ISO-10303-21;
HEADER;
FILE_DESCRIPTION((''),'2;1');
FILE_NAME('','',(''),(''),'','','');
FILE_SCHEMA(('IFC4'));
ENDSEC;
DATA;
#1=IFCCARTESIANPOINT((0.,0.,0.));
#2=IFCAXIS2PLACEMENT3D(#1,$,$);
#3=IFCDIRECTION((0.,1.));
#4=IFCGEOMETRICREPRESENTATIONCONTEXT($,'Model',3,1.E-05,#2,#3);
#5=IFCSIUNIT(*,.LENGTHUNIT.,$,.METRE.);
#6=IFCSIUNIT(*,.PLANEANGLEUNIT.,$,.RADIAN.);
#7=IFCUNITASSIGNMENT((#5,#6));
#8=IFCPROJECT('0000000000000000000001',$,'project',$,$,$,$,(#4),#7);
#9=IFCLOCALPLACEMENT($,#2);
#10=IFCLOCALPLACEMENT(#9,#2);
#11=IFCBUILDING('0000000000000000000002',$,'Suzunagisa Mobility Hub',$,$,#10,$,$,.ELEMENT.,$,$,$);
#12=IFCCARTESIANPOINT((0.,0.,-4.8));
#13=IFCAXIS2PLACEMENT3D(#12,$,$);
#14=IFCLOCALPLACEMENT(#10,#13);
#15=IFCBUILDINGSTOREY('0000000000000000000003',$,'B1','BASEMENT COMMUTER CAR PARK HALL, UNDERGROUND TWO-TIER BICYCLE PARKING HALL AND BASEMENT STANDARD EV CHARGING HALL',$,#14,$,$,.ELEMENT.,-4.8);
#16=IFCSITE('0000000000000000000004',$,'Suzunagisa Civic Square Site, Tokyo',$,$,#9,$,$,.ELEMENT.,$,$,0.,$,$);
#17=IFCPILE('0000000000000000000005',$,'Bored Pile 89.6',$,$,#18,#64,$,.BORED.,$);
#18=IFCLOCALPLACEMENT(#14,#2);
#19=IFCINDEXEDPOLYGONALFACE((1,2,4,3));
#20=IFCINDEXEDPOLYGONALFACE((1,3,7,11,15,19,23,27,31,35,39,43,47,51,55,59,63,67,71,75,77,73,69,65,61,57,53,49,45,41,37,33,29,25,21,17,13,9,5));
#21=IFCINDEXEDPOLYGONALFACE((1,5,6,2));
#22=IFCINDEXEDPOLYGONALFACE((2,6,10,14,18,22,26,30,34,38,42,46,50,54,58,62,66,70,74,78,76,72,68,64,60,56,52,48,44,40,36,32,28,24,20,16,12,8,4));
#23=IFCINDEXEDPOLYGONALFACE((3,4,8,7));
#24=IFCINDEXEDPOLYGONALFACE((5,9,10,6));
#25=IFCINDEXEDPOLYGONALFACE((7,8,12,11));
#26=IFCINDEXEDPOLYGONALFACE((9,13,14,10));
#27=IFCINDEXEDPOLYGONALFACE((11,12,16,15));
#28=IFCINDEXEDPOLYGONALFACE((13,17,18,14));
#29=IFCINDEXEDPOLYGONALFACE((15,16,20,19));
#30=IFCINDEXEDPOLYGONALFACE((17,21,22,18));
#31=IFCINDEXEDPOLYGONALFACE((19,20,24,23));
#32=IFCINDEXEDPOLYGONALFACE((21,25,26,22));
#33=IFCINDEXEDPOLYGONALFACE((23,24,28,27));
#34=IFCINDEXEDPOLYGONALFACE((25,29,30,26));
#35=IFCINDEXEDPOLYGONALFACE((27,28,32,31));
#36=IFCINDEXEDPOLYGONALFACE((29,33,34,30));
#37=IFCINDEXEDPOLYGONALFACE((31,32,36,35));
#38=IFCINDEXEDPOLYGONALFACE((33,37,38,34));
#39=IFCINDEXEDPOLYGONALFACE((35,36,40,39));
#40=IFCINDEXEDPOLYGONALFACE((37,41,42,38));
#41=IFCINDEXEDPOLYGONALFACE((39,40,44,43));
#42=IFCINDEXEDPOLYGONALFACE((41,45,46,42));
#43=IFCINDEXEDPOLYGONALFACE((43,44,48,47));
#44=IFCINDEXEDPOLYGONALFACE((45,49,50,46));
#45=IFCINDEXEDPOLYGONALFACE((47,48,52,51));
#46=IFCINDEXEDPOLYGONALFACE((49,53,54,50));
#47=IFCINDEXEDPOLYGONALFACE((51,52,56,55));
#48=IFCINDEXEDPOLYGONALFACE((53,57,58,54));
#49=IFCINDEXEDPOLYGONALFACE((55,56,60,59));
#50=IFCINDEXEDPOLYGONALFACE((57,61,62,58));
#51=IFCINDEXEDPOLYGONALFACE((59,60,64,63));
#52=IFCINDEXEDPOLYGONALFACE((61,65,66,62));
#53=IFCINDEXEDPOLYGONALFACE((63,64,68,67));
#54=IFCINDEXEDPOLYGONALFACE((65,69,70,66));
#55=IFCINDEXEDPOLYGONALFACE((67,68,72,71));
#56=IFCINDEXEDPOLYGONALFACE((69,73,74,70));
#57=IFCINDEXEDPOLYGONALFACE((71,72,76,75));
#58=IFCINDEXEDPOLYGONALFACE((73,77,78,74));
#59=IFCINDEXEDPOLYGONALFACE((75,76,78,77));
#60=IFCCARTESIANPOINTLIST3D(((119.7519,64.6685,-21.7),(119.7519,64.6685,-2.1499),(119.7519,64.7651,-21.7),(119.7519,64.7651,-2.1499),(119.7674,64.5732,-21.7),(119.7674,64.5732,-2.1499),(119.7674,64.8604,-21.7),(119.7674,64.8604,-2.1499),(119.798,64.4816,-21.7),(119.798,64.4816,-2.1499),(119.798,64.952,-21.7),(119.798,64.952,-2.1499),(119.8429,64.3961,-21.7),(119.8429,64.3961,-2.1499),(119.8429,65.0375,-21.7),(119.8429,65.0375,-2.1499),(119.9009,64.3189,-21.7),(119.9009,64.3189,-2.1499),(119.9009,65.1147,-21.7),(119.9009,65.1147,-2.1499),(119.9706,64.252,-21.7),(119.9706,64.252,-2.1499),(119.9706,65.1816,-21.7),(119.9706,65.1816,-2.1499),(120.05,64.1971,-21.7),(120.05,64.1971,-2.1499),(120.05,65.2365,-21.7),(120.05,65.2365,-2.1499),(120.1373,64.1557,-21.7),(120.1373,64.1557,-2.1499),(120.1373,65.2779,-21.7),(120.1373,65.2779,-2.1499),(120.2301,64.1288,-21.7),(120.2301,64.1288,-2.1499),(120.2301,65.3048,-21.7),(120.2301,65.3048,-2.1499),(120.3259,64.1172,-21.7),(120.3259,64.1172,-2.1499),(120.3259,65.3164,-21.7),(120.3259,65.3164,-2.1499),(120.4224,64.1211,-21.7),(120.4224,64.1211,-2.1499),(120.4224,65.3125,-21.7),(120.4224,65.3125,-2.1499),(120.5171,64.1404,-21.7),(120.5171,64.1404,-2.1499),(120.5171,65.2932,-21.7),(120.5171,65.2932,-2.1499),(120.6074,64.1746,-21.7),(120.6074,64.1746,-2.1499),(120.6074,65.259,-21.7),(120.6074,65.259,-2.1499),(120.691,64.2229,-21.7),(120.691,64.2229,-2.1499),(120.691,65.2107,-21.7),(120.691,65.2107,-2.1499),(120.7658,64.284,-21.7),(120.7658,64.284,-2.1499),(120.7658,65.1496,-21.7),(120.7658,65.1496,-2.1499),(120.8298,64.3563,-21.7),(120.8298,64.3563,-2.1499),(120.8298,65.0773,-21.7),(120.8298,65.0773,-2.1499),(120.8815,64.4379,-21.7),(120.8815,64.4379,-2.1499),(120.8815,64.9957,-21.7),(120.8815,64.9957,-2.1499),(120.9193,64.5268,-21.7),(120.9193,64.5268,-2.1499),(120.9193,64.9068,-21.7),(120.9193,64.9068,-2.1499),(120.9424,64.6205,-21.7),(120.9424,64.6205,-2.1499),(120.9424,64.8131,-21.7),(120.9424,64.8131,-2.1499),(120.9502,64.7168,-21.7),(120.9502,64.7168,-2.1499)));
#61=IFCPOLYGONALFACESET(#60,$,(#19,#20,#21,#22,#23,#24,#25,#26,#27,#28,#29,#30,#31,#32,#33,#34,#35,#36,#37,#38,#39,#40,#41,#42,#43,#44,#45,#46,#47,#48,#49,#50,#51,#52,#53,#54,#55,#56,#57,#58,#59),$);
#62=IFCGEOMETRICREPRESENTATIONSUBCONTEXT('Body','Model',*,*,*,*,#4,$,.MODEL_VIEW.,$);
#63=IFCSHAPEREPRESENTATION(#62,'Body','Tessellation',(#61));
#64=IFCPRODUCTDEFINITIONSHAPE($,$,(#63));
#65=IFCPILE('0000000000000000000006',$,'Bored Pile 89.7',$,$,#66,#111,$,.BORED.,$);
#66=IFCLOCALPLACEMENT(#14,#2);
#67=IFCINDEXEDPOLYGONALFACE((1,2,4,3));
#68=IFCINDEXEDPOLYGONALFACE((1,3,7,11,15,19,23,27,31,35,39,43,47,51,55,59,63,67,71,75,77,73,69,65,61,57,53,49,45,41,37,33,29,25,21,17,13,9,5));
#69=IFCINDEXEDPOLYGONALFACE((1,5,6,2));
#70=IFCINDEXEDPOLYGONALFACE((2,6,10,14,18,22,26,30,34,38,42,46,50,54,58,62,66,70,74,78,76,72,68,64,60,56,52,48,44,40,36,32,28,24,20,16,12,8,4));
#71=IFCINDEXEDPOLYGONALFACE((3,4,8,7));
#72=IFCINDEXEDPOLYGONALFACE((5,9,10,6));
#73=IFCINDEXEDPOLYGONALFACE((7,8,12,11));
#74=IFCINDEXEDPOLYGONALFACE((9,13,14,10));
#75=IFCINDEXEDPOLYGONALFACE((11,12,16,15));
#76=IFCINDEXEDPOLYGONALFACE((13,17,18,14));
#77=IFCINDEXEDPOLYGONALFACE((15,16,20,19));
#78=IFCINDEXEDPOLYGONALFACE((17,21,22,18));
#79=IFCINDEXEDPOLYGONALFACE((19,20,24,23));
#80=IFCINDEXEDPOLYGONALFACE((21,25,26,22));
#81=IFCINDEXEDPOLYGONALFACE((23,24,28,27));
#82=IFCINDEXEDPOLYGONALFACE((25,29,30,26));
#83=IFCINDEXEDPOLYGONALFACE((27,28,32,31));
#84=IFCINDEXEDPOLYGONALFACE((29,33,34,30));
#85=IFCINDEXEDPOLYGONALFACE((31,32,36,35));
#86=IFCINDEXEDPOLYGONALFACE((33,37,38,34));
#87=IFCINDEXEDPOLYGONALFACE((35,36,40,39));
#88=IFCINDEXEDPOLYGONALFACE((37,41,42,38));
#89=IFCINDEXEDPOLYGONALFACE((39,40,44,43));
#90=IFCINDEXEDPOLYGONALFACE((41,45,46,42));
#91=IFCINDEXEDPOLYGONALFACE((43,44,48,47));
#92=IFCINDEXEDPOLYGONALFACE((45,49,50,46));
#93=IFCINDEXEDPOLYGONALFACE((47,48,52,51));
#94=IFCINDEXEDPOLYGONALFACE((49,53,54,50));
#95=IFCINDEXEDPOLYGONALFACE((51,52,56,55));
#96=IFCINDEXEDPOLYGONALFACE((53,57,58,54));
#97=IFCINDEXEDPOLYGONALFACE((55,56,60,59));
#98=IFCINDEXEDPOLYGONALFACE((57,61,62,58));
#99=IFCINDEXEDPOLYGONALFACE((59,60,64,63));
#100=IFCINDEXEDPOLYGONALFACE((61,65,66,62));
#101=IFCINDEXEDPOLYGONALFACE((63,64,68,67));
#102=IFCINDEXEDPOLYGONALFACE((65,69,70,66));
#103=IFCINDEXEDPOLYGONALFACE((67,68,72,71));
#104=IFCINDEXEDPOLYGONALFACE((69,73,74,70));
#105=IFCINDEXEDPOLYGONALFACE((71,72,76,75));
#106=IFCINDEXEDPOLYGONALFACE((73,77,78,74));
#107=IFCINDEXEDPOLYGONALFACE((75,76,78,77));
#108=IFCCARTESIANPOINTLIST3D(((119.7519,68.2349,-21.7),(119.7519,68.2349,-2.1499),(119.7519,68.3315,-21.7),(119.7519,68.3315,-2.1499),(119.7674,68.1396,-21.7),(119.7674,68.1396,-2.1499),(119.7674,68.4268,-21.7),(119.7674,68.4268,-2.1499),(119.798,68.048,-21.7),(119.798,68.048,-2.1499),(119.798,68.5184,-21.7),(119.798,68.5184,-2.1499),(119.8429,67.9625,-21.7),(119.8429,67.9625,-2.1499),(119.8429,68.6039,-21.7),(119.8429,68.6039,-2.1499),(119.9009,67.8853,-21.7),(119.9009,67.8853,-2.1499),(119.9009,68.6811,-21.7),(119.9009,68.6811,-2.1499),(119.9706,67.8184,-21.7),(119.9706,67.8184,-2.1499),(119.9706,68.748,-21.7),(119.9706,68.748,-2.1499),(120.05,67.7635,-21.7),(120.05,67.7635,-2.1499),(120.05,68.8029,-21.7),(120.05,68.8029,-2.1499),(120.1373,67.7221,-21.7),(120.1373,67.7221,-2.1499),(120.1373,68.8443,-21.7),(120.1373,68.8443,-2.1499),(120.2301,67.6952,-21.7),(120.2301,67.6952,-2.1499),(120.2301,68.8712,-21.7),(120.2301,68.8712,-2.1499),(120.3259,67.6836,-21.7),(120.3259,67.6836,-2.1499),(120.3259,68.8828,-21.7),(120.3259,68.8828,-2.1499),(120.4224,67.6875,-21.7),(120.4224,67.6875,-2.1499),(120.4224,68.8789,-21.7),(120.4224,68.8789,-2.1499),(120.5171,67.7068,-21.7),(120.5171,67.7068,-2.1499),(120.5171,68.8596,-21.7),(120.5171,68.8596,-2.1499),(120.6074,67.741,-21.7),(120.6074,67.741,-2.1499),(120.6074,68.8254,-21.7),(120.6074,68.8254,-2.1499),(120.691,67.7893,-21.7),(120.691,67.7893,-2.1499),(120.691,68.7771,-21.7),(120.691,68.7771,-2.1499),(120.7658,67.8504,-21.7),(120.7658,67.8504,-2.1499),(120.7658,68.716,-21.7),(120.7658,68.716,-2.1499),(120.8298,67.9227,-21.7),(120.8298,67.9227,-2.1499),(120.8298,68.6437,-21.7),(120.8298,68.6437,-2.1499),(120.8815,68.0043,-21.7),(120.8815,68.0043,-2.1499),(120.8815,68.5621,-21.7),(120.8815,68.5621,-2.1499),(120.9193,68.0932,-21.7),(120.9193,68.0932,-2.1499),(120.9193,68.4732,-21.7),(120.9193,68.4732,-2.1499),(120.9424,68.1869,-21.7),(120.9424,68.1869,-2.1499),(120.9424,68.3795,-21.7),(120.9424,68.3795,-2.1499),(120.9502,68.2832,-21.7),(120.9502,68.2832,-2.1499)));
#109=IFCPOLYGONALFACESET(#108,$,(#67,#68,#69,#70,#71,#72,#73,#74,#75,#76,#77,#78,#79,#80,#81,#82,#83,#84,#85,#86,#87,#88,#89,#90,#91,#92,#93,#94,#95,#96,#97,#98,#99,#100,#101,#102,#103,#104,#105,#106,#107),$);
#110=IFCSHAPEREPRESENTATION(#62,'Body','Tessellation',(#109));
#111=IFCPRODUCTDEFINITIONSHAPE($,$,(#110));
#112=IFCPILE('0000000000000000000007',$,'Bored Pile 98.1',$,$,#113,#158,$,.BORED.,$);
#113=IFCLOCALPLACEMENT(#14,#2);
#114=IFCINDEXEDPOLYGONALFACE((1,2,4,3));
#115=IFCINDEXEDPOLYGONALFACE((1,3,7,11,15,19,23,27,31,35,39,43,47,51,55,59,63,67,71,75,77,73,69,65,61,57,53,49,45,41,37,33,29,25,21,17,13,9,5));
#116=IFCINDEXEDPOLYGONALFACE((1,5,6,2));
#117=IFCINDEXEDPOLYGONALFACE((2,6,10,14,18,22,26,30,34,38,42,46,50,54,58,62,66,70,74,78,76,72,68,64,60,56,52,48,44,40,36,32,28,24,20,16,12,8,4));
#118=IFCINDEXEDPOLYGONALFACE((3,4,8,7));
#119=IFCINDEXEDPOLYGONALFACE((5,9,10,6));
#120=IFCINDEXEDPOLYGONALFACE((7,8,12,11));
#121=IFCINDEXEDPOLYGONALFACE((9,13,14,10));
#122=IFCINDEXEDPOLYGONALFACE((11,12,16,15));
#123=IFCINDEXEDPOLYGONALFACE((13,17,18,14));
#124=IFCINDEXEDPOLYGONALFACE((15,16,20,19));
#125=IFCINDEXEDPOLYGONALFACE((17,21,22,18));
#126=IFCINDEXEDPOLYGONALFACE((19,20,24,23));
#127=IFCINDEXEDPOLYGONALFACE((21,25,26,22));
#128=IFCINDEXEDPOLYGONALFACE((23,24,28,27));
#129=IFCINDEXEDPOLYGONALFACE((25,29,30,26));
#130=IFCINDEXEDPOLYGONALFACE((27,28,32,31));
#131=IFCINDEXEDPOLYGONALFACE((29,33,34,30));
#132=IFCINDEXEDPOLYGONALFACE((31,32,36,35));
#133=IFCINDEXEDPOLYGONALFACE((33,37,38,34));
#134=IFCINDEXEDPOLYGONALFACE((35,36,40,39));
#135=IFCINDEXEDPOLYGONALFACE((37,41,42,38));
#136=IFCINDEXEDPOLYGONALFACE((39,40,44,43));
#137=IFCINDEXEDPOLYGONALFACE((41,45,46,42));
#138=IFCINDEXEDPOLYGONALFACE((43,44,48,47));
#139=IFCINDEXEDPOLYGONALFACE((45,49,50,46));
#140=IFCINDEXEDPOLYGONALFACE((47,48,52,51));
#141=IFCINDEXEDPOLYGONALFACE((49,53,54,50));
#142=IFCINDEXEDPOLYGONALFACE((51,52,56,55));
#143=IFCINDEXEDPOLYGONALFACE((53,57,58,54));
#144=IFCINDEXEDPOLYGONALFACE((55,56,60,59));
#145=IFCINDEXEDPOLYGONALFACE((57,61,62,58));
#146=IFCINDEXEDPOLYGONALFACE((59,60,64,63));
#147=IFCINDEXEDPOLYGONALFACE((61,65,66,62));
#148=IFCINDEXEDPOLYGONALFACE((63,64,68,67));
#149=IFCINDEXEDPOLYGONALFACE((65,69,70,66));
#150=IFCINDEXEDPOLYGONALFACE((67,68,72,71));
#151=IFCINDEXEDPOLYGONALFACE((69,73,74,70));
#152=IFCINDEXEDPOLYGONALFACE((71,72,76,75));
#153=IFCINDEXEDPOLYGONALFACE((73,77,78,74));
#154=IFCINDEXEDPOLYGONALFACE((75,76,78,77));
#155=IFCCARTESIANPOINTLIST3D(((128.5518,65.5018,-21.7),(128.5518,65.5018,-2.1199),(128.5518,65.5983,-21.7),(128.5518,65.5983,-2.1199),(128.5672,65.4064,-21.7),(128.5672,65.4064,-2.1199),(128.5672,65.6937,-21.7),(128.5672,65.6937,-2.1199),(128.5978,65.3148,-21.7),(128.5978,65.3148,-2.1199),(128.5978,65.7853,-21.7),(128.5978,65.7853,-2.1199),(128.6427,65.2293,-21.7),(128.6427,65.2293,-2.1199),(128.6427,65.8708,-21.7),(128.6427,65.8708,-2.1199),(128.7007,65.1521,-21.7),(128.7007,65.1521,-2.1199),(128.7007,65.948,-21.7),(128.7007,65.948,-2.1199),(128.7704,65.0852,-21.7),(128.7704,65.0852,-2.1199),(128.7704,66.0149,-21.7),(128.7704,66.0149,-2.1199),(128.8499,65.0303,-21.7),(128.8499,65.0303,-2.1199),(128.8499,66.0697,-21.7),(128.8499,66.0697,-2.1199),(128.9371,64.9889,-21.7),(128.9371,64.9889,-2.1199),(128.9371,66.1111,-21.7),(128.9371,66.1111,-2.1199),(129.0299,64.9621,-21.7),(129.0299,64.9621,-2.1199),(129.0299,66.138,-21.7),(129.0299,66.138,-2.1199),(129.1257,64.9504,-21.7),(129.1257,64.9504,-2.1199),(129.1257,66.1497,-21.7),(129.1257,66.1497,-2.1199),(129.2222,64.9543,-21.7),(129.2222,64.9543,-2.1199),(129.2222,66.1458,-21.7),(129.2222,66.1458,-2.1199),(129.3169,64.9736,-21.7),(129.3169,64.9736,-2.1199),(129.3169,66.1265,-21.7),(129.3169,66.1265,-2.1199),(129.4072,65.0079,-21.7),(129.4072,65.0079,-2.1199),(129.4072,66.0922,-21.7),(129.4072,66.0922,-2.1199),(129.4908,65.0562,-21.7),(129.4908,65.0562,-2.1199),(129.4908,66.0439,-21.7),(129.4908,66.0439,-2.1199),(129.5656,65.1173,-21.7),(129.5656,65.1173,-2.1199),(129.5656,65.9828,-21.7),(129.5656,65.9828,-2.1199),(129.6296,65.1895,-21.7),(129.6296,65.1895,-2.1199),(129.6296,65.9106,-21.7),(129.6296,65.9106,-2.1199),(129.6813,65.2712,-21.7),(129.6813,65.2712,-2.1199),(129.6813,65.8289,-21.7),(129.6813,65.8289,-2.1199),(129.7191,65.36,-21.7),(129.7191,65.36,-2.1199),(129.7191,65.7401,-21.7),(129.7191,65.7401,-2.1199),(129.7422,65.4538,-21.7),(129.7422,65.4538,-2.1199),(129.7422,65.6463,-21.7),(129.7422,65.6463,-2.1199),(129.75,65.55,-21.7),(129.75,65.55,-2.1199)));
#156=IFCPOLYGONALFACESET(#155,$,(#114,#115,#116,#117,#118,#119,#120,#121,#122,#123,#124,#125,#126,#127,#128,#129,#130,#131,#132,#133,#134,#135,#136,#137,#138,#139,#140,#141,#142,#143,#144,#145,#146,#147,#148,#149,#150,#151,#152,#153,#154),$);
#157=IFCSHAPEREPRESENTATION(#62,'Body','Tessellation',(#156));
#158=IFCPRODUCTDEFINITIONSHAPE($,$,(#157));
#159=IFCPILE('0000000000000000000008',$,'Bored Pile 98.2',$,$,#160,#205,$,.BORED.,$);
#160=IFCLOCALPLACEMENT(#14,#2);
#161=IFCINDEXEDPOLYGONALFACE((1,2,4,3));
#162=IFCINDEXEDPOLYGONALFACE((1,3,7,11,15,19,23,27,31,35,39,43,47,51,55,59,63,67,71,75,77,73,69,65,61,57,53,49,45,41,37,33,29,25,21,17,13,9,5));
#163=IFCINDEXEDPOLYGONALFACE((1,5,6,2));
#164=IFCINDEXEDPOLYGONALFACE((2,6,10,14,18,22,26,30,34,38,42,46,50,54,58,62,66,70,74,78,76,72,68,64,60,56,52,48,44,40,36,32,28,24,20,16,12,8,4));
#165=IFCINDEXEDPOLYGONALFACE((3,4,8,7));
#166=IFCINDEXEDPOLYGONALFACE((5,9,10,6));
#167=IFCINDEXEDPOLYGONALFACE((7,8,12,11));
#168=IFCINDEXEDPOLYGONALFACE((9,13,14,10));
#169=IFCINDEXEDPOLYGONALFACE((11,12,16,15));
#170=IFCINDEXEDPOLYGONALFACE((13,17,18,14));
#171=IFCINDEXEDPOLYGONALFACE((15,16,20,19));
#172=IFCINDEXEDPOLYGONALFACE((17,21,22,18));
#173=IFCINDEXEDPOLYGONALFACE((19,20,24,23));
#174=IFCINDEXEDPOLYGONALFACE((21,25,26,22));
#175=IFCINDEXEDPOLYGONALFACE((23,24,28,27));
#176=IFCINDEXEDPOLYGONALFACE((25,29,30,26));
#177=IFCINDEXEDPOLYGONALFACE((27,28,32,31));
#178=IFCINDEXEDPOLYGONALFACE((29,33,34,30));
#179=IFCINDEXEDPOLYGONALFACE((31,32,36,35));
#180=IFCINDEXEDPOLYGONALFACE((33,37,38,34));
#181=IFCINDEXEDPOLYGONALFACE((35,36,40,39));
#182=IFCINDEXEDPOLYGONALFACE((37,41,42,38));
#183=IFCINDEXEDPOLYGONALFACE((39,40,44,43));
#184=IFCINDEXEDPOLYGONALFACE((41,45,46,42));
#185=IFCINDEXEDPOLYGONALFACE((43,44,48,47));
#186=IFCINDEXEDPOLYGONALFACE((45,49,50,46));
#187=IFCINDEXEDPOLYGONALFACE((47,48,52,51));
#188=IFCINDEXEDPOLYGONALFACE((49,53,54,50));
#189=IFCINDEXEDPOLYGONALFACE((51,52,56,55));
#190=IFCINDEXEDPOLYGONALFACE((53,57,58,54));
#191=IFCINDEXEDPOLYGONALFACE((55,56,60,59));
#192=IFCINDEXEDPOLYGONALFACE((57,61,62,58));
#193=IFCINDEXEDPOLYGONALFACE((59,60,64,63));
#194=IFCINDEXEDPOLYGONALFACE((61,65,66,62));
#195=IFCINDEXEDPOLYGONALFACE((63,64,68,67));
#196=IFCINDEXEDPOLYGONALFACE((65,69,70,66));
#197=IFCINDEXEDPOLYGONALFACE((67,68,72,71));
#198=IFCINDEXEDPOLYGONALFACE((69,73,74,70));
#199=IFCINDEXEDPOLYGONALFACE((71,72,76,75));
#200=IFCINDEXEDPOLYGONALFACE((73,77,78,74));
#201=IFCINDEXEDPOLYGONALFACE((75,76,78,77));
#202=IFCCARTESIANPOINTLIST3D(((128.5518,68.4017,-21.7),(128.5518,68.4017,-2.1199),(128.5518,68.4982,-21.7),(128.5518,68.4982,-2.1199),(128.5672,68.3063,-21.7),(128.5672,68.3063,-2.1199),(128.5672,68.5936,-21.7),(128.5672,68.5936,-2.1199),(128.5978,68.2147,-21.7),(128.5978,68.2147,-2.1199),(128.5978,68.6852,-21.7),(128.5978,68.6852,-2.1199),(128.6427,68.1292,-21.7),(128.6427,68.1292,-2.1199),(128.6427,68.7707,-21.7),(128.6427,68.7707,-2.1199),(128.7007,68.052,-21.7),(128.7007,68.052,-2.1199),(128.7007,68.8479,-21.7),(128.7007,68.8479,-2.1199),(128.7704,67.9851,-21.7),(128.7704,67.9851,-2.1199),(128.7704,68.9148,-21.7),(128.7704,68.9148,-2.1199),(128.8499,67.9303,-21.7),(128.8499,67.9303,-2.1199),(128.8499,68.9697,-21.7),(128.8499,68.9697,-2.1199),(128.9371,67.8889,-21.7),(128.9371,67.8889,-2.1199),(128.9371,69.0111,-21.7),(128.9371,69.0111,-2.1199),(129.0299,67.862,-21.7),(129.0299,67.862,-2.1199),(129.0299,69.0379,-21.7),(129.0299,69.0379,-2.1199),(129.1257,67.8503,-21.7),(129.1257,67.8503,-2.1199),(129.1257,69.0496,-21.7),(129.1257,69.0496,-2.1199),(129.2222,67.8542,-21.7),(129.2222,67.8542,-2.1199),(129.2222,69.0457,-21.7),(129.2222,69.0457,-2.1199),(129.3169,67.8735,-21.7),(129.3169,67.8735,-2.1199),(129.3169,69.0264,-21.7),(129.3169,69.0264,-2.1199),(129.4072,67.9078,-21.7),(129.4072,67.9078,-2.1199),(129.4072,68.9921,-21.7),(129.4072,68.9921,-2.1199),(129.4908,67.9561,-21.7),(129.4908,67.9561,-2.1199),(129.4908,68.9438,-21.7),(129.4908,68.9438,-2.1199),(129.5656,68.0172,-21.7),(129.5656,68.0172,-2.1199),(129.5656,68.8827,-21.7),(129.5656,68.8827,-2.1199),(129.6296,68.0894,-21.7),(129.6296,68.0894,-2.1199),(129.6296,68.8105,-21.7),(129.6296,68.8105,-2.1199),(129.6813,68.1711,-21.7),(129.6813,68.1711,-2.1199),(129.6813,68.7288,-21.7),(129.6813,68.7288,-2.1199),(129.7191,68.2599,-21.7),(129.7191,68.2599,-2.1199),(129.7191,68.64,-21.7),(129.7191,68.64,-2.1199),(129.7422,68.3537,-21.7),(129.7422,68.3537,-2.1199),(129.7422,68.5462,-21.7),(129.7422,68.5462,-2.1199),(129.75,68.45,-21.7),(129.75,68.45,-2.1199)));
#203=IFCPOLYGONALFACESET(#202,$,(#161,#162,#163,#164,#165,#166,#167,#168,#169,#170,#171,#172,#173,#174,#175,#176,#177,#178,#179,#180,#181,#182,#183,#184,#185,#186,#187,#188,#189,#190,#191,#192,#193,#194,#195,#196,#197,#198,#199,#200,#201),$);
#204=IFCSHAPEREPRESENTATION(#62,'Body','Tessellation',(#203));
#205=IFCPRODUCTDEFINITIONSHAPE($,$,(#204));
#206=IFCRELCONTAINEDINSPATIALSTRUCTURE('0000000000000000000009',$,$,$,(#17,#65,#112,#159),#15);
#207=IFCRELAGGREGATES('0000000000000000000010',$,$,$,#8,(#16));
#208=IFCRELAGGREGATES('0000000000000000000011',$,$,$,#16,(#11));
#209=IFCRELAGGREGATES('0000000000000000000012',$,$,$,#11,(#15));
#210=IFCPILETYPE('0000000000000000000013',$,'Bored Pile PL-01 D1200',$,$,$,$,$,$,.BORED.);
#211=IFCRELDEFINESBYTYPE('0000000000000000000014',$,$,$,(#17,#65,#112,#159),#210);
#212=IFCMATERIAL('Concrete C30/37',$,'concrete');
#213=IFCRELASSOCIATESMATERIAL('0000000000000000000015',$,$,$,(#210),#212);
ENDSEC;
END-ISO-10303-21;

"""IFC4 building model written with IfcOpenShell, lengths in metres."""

from ifc_helpers import new_model, si_unit, direction, frame, origin, origin_2d, place, context, subcontext, project, spatial, circle, extrude, material, material_profile, profile_set, type_object, element, save


model = new_model("IFC4")

# Units and contexts
model_context = context("Model", 3, precision=1e-05, world=origin(), true_north=direction((0.0, 1.0)))
body_context = subcontext(model_context, "Body", "Model", "MODEL_VIEW")
ifc_project = project(units=[si_unit("LENGTHUNIT", "METRE"), si_unit("PLANEANGLEUNIT", "RADIAN")], contexts=[model_context])

# Site, building, storey
site_placement = place(None, origin())
site = spatial("IfcSite", under=ifc_project, at=site_placement, Name="Suzunagisa Civic Square Site, Tokyo", CompositionType="ELEMENT", RefElevation=0.0)
building_placement = place(site_placement, origin())
building = spatial("IfcBuilding", under=site, at=building_placement, Name="Suzunagisa Mobility Hub", CompositionType="ELEMENT")
storey_placement = place(building_placement, frame((0.0, 0.0, -4.8)))
storey = spatial("IfcBuildingStorey", under=building, at=storey_placement, Name="B1", Description="BASEMENT COMMUTER CAR PARK HALL, UNDERGROUND TWO-TIER BICYCLE PARKING HALL AND BASEMENT STANDARD EV CHARGING HALL", CompositionType="ELEMENT", Elevation=-4.8)

# Piles
ifc_material_1 = material(Name="Concrete C30/37", Category="concrete")
ifc_material_profile_1 = material_profile(ifc_material_1, circle(Radius=0.6001, at=origin_2d()), Name="BORED PILE D1200")
ifc_profile_set_1 = profile_set([ifc_material_profile_1], Name="Concrete C30/37")
pile_type = type_object("IfcPileType", Name="Bored Pile PL-01 D1200", PredefinedType="BORED", material=ifc_profile_set_1)
for number, where, z_axis, x_axis, name in (
    (1, (120.3501, 64.7168, -2.1499), (0.0, 0.0, -1.0), (1.0, 0.0, 0.0), "Bored Pile 89.6"),
    (2, (120.3501, 68.2832, -2.1499), (0.0, 0.0, -1.0), (1.0, 0.0, 0.0), "Bored Pile 89.7"),
):
    element("IfcPile", number, at=place(storey_placement, frame(where, z_axis=z_axis, x_axis=x_axis)), inside=storey, type_object=pile_type, Name=name, PredefinedType="BORED", context=body_context, shape_type="SweptSolid", body=[
        extrude(circle(Radius=0.6001, at=origin_2d()), origin(), (0.0, 0.0, 1.0), 19.55),
    ])
for number, where, z_axis, x_axis, name in (
    (3, (129.1499, 65.55, -2.1199), (0.0, 0.0, -1.0), (1.0, 0.0, 0.0), "Bored Pile 98.1"),
    (4, (129.1499, 68.45, -2.1199), (0.0, 0.0, -1.0), (1.0, 0.0, 0.0), "Bored Pile 98.2"),
):
    element("IfcPile", number, at=place(storey_placement, frame(where, z_axis=z_axis, x_axis=x_axis)), inside=storey, type_object=pile_type, Name=name, PredefinedType="BORED", context=body_context, shape_type="SweptSolid", body=[
        extrude(circle(Radius=0.6001, at=origin_2d()), origin(), (0.0, 0.0, 1.0), 19.5801),
    ])

save(model, "model.ifc")
